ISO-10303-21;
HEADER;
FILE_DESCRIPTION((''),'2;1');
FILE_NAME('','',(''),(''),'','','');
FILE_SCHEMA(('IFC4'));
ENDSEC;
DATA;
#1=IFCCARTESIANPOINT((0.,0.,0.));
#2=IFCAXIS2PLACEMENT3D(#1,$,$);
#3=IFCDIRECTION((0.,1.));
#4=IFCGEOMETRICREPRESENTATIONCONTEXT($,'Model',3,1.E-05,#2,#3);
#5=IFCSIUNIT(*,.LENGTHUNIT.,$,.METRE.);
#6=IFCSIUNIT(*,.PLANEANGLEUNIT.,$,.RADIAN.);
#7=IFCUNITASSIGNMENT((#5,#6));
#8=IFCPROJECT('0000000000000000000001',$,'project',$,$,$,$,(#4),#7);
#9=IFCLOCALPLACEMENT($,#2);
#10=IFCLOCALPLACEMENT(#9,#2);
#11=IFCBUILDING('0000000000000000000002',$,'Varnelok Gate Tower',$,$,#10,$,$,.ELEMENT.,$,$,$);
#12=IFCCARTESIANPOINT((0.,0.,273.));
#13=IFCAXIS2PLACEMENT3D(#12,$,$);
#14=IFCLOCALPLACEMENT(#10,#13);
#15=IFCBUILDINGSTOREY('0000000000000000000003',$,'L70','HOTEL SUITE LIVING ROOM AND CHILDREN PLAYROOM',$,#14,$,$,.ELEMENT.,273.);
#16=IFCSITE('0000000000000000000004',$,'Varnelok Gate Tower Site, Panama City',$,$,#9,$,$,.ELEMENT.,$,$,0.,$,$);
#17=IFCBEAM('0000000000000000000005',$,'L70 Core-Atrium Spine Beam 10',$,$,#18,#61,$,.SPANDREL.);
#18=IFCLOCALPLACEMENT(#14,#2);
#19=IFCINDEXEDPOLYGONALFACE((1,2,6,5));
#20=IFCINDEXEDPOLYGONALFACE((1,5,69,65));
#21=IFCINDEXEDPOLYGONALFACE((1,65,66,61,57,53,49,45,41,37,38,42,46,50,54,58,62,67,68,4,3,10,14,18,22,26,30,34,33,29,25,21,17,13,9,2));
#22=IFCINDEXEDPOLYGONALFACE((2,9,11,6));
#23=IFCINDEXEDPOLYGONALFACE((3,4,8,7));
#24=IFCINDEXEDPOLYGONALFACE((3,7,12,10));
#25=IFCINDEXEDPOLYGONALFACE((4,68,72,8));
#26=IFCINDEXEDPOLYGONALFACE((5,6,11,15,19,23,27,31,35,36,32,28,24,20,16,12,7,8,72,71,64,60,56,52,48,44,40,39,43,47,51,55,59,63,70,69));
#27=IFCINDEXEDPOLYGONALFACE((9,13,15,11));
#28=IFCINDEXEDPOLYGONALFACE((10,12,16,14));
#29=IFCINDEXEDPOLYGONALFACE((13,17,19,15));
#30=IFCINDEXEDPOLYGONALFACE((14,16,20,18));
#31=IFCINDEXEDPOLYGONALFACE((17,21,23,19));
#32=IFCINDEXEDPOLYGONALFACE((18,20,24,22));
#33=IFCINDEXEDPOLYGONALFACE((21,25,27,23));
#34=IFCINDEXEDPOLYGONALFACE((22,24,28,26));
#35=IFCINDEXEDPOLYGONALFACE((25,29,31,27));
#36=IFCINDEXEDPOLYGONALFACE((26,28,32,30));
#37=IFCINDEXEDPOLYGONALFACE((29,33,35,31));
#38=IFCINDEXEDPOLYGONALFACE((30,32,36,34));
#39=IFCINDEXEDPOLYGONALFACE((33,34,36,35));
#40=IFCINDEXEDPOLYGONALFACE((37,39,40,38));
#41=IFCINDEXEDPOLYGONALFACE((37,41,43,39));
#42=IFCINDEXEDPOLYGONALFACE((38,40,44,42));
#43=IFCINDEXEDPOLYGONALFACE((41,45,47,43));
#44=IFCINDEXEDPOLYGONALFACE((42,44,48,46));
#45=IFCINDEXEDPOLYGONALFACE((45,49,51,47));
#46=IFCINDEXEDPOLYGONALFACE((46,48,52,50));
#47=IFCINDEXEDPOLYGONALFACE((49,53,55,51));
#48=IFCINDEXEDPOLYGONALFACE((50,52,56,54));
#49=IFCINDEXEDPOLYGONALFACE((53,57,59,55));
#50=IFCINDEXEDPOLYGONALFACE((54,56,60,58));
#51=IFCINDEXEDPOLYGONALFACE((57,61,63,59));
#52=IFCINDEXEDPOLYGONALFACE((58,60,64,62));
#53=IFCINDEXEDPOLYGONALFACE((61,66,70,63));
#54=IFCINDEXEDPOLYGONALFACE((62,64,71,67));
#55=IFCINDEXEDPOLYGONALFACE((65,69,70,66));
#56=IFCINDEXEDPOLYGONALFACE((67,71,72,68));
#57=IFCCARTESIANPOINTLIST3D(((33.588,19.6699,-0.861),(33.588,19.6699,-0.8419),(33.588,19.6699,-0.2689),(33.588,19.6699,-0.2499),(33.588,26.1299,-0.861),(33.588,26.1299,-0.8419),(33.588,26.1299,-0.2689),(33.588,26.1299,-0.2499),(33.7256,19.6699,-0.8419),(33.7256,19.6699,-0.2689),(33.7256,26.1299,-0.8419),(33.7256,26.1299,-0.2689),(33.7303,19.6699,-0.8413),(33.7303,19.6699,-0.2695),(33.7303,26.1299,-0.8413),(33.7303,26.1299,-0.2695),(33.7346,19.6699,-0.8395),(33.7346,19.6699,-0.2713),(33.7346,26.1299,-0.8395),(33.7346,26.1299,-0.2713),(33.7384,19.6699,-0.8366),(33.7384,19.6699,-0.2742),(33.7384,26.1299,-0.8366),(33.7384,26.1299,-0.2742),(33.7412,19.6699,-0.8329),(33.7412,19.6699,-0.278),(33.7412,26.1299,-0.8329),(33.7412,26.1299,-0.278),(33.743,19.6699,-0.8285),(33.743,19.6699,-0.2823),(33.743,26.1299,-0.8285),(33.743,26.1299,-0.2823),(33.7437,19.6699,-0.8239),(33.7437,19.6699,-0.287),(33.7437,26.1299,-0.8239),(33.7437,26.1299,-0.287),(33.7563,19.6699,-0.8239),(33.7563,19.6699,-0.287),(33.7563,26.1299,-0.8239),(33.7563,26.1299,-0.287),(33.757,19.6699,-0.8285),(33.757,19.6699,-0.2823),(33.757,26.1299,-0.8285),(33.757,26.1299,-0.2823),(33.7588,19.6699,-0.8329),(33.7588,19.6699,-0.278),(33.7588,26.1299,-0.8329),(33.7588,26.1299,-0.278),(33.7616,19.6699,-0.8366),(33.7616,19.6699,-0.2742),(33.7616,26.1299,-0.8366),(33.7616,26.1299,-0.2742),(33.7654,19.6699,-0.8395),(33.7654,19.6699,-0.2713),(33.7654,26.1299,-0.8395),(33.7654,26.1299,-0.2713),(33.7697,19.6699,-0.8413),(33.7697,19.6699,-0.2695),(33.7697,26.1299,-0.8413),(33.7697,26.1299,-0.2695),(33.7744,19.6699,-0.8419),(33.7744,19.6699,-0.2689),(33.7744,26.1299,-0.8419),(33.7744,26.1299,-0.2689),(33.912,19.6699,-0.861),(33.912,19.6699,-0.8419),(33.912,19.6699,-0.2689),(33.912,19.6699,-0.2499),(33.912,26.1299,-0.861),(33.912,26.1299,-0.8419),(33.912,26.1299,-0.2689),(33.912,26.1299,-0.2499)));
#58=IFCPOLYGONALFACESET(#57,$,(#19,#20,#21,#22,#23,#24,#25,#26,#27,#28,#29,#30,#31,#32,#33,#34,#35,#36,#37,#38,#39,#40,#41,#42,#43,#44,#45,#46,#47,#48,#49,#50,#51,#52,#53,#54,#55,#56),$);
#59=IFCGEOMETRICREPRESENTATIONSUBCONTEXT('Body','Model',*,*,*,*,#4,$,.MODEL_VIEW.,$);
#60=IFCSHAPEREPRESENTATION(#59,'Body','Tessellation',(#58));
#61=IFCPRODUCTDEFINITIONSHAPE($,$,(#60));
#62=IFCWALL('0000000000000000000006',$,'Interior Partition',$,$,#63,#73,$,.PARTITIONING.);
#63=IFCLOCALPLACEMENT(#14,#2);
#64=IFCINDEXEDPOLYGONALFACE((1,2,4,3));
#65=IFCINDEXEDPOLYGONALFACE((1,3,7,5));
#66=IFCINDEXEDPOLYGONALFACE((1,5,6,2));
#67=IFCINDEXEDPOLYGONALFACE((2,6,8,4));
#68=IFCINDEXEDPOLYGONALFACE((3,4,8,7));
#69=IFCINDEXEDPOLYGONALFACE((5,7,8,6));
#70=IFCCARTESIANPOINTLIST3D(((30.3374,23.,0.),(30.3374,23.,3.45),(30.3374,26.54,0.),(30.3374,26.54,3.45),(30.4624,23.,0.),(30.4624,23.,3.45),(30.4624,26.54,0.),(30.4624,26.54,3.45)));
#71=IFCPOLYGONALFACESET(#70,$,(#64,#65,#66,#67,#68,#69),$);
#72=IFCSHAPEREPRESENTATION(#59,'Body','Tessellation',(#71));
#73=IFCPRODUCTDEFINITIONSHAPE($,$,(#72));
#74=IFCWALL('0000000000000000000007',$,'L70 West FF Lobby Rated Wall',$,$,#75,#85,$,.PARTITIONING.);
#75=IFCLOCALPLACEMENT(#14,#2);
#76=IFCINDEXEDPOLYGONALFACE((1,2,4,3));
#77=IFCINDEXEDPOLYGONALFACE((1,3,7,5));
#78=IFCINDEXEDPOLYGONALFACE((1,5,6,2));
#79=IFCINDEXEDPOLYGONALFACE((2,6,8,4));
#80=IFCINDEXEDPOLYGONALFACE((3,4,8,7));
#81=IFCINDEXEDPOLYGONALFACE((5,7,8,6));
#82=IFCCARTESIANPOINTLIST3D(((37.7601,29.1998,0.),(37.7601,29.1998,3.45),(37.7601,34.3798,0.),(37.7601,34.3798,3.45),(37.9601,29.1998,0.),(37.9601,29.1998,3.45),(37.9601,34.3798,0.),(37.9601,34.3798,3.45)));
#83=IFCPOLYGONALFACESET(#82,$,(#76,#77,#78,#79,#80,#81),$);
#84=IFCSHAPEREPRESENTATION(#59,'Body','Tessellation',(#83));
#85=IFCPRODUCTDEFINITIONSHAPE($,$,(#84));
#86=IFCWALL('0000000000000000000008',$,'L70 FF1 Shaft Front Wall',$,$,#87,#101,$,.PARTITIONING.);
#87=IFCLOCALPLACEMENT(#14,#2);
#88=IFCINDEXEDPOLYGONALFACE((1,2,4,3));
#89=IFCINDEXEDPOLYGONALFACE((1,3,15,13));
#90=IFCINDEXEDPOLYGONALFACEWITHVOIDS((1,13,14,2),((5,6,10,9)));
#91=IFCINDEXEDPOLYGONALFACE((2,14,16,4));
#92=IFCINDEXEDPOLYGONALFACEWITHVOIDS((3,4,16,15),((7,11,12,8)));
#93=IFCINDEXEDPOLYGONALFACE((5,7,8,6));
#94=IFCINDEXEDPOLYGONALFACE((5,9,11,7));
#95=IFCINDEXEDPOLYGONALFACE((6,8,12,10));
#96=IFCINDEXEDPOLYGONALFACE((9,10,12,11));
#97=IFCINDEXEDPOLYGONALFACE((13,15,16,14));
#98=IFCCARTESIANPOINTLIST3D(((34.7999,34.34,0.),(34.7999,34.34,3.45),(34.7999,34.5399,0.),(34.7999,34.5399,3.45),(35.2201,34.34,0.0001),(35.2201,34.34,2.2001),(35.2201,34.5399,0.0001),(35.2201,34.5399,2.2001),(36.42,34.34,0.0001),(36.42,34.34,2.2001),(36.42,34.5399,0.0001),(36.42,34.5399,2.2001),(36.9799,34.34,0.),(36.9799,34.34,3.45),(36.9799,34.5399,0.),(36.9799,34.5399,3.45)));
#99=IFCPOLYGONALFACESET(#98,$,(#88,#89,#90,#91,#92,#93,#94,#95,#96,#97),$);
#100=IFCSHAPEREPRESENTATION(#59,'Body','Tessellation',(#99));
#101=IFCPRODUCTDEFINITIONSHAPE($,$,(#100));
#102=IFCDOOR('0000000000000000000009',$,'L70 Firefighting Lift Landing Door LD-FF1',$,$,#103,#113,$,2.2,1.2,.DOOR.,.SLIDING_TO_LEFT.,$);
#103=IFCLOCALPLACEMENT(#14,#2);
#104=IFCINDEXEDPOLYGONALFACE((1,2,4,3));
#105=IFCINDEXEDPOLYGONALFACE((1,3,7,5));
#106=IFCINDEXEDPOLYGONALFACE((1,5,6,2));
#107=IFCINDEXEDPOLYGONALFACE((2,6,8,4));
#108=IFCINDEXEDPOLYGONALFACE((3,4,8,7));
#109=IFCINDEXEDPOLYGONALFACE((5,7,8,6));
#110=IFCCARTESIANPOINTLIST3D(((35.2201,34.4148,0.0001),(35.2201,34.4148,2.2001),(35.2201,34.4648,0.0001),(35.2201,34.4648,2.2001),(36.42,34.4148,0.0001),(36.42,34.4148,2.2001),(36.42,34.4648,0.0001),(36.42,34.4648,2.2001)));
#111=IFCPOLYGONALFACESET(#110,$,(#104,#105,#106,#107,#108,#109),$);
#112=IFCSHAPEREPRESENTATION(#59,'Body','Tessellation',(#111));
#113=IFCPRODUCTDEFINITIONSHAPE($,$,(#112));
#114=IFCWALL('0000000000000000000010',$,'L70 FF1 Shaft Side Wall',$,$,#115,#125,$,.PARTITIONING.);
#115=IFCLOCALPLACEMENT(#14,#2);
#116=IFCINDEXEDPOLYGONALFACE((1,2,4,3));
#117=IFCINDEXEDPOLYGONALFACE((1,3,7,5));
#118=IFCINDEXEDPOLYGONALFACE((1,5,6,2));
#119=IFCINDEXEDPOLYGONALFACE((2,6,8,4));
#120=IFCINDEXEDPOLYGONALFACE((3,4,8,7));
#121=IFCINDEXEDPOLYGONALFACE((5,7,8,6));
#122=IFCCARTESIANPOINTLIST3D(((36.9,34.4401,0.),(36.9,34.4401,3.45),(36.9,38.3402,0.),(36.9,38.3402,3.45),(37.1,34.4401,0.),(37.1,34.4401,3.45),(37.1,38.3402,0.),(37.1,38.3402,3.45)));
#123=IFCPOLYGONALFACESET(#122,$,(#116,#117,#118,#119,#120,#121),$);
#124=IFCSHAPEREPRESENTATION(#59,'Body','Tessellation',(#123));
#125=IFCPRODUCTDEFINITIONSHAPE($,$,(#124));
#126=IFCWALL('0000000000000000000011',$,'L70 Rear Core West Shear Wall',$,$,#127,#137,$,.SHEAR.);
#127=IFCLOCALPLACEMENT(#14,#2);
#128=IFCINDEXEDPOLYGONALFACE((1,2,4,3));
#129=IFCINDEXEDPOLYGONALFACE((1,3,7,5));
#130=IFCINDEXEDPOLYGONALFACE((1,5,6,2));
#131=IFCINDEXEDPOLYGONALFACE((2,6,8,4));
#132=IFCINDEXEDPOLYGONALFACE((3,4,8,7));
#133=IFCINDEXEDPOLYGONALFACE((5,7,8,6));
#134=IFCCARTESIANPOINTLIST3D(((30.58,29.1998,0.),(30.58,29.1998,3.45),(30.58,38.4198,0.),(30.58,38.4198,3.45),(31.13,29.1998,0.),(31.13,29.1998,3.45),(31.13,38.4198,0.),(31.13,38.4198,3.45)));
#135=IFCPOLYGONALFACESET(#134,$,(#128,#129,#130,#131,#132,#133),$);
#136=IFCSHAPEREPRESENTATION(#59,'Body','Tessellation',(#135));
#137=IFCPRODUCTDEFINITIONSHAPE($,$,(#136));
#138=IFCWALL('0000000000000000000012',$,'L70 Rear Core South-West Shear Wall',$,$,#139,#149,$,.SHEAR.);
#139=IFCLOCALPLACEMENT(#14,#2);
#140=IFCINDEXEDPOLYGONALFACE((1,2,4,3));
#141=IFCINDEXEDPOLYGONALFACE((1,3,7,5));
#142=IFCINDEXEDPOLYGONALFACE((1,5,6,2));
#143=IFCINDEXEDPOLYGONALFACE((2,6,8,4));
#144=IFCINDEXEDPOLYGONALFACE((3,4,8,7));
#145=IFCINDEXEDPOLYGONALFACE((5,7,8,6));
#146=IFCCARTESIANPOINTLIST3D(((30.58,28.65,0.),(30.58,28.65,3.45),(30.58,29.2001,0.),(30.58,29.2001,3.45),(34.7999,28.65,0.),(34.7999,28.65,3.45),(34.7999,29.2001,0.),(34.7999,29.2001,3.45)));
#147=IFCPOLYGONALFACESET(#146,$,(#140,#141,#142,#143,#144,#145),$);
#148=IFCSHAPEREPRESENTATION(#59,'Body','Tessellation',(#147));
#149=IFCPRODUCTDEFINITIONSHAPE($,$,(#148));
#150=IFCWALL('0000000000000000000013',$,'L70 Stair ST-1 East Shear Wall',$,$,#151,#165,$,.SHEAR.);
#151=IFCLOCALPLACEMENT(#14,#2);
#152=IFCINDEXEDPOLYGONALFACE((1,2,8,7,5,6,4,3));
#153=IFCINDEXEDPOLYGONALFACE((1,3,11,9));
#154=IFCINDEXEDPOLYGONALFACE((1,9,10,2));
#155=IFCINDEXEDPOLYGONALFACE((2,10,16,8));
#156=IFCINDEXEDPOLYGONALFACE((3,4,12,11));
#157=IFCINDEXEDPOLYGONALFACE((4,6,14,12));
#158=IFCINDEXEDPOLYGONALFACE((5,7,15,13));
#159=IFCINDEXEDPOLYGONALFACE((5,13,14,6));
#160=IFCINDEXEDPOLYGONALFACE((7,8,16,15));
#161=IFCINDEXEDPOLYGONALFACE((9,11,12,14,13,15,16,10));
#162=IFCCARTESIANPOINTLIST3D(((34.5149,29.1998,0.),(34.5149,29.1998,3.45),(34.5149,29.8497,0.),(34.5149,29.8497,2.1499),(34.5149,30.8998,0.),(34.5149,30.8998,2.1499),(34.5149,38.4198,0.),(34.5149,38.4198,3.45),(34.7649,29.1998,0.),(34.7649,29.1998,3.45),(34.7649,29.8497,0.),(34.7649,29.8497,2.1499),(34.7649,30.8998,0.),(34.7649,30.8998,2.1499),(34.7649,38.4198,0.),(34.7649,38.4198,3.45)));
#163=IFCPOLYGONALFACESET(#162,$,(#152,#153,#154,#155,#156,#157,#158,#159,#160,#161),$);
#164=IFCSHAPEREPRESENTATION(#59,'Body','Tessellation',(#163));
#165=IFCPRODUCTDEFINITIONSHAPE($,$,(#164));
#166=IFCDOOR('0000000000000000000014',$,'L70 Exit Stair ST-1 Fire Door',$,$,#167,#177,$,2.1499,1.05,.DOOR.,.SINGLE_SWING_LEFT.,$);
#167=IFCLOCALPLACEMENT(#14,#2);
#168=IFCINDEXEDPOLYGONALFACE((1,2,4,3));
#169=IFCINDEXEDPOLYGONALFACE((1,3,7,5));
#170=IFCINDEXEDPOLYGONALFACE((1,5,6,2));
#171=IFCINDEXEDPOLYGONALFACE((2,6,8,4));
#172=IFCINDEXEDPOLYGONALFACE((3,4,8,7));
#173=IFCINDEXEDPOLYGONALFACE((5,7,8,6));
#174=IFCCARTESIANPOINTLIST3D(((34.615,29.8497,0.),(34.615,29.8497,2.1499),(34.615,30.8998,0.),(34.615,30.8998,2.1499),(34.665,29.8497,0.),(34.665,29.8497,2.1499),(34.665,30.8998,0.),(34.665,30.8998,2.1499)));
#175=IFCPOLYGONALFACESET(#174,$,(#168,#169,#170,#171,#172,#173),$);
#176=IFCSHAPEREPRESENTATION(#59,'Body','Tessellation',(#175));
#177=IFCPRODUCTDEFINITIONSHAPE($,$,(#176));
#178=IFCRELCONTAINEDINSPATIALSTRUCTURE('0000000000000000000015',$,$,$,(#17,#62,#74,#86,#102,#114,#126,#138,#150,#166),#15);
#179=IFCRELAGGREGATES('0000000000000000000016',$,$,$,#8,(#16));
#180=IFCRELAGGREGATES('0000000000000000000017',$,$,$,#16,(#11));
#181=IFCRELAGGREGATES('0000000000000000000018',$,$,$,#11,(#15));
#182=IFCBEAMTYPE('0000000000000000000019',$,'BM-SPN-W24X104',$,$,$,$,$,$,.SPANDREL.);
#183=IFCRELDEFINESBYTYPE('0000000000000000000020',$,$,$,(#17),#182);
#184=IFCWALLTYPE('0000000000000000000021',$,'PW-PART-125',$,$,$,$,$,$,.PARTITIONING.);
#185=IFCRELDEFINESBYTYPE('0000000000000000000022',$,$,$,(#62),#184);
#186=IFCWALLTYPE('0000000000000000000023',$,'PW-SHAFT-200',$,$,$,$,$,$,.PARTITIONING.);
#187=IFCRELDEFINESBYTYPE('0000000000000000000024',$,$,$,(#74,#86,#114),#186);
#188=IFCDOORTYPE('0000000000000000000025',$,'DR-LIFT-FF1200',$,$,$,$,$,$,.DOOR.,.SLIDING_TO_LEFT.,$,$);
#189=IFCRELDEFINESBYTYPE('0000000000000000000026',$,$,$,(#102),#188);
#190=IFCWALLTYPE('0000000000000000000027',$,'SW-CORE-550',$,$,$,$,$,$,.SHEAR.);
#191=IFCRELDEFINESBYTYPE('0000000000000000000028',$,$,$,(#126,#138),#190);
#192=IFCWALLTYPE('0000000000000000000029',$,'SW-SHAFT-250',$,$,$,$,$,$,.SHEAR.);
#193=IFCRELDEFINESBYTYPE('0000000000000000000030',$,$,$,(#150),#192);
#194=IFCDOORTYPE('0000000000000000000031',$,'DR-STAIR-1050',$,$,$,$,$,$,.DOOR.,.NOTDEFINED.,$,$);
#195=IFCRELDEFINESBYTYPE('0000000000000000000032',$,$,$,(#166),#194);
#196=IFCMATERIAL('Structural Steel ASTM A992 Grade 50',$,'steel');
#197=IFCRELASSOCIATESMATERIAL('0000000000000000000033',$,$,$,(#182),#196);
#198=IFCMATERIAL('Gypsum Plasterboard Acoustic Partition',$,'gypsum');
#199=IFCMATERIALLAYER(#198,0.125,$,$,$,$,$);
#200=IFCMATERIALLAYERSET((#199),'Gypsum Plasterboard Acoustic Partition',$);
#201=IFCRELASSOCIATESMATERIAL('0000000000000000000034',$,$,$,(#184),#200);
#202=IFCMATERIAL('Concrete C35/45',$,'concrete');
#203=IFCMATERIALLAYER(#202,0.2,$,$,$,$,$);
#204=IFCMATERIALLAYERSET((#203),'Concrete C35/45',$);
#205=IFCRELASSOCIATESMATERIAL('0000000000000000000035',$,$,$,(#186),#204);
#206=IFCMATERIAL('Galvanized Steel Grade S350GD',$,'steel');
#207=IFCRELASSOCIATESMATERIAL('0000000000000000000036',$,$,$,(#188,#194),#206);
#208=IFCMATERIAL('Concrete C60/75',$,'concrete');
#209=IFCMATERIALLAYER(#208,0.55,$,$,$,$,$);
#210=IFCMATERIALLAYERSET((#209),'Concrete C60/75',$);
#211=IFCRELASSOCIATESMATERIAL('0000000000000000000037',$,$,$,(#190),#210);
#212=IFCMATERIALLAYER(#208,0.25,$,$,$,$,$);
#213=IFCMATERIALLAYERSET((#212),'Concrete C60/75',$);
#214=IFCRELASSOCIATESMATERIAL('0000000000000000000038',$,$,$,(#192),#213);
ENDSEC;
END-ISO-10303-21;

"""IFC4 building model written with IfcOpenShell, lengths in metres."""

from ifc_helpers import new_model, si_unit, direction, frame, frame_2d, origin, origin_2d, place, context, subcontext, project, spatial, rectangle, i_section, extrude, material, layer, layer_set, material_profile, profile_set, type_object, element, fill, save


model = new_model("IFC4")

# Units and contexts
model_context = context("Model", 3, precision=1e-05, world=origin(), true_north=direction((0.0, 1.0)))
body_context = subcontext(model_context, "Body", "Model", "MODEL_VIEW")
ifc_project = project(units=[si_unit("LENGTHUNIT", "METRE"), si_unit("PLANEANGLEUNIT", "RADIAN")], contexts=[model_context])

# Site, building, storey
site_placement = place(None, origin())
site = spatial("IfcSite", under=ifc_project, at=site_placement, Name="Varnelok Gate Tower Site, Panama City", CompositionType="ELEMENT", RefElevation=0.0)
building_placement = place(site_placement, origin())
building = spatial("IfcBuilding", under=site, at=building_placement, Name="Varnelok Gate Tower", CompositionType="ELEMENT")
storey_placement = place(building_placement, frame((0.0, 0.0, 273.0)))
storey = spatial("IfcBuildingStorey", under=building, at=storey_placement, Name="L70", Description="HOTEL SUITE LIVING ROOM AND CHILDREN PLAYROOM", CompositionType="ELEMENT", Elevation=273.0)

# Shared definitions
ifc_material_1 = material(Name="Structural Steel ASTM A992 Grade 50", Category="steel")

# Beam
ifc_material_2 = material(Name="Concrete C60/75", Category="concrete")
ifc_material_profile_1 = material_profile(ifc_material_1, i_section(OverallWidth=0.324, OverallDepth=0.6111, WebThickness=0.0127, FlangeThickness=0.019, FilletRadius=0.0181, at=origin_2d()), Name="W24X104")
ifc_profile_set_1 = profile_set([ifc_material_profile_1], Name="Structural Steel ASTM A992 Grade 50")
beam_type_1 = type_object("IfcBeamType", Name="BM-SPN-W24X104", PredefinedType="SPANDREL", material=ifc_profile_set_1)
beam_1_placement = place(storey_placement, frame((33.75, 19.6699, -0.5554), z_axis=(0.0, 1.0, 0.0), x_axis=(-1.0, 0.0, 0.0)))
element("IfcBeam", 1, at=beam_1_placement, inside=storey, type_object=beam_type_1, Name="L70 Core-Atrium Spine Beam 10", PredefinedType="SPANDREL", context=body_context, shape_type="SweptSolid", body=[
    extrude(i_section(OverallWidth=0.324, OverallDepth=0.6111, WebThickness=0.0127, FlangeThickness=0.019, FilletRadius=0.0181, at=origin_2d()), origin(), (0.0, 0.0, 1.0), 6.46),
])

# Walls
ifc_material_3 = material(Name="Gypsum Plasterboard Acoustic Partition", Category="gypsum")
ifc_layer_1 = layer(ifc_material_3, 0.125)
ifc_layer_set_1 = layer_set([ifc_layer_1], Name="Gypsum Plasterboard Acoustic Partition")
wall_type_1 = type_object("IfcWallType", Name="PW-PART-125", PredefinedType="PARTITIONING", material=ifc_layer_set_1)
wall_1_placement = place(storey_placement, frame((30.3999, 23.0, 0.0), z_axis=(0.0, 0.0, 1.0), x_axis=(0.0, 1.0, 0.0)))
element("IfcWall", 2, at=wall_1_placement, inside=storey, type_object=wall_type_1, Name="Interior Partition", PredefinedType="PARTITIONING", context=body_context, shape_type="SweptSolid", body=[
    extrude(rectangle(XDim=3.54, YDim=0.125, at=frame_2d((1.77, 0.0))), origin(), (0.0, 0.0, 1.0), 3.45),
])
ifc_material_4 = material(Name="Concrete C35/45", Category="concrete")
ifc_layer_2 = layer(ifc_material_4, 0.2)
ifc_layer_set_2 = layer_set([ifc_layer_2], Name="Concrete C35/45")
wall_type_2 = type_object("IfcWallType", Name="PW-SHAFT-200", PredefinedType="PARTITIONING", material=ifc_layer_set_2)
wall_2_placement = place(storey_placement, frame((37.8601, 29.2, 0.0), z_axis=(0.0, 0.0, 1.0), x_axis=(0.0, 1.0, 0.0)))
element("IfcWall", 3, at=wall_2_placement, inside=storey, type_object=wall_type_2, Name="L70 West FF Lobby Rated Wall", PredefinedType="PARTITIONING", context=body_context, shape_type="SweptSolid", body=[
    extrude(rectangle(XDim=5.1799, YDim=0.2, at=frame_2d((2.5898, 0.0))), origin(), (0.0, 0.0, 1.0), 3.45),
])

# Wall, opening, door
wall_3_placement = place(storey_placement, frame((34.8, 34.4399, 0.0), z_axis=(0.0, 0.0, 1.0), x_axis=(1.0, 0.0, 0.0)))
wall_3 = element("IfcWall", 4, at=wall_3_placement, inside=storey, type_object=wall_type_2, Name="L70 FF1 Shaft Front Wall", PredefinedType="PARTITIONING", context=body_context, shape_type="SweptSolid", body=[
    extrude(rectangle(XDim=2.1799, YDim=0.2, at=frame_2d((1.0898, 0.0))), origin(), (0.0, 0.0, 1.0), 3.45),
])
opening_1_placement = place(wall_3_placement, frame((0.4199, 0.0, 0.0)))
opening_1 = element("IfcOpeningElement", 5, at=opening_1_placement, cuts=wall_3, PredefinedType="OPENING", context=body_context, shape_type="SweptSolid", body=[
    extrude(rectangle(XDim=1.2, YDim=2.2, at=frame_2d((0.6001, 1.1001))), frame((0.0, 0.1099, 0.0), z_axis=(0.0, -1.0, 0.0), x_axis=(1.0, 0.0, 0.0)), (0.0, 0.0, 1.0), 0.22),
])
ifc_material_5 = material(Name="Galvanized Steel Grade S350GD", Category="steel")
door_type_1 = type_object("IfcDoorType", Name="DR-LIFT-FF1200", OperationType="SLIDING_TO_LEFT", PredefinedType="DOOR", material=ifc_material_5)
door_1_placement = place(opening_1_placement, origin())
door_1 = element("IfcDoor", 6, at=door_1_placement, inside=storey, type_object=door_type_1, Name="L70 Firefighting Lift Landing Door LD-FF1", OperationType="SLIDING_TO_LEFT", OverallHeight=2.2, OverallWidth=1.2, PredefinedType="DOOR", context=body_context, shape_type="SweptSolid", body=[
    extrude(rectangle(XDim=1.2, YDim=2.2, at=frame_2d((0.6001, 1.1001))), frame((0.0, 0.0249, 0.0), z_axis=(0.0, -1.0, 0.0), x_axis=(1.0, 0.0, 0.0)), (0.0, 0.0, 1.0), 0.05),
])
fill(opening_1, door_1)

# Walls
wall_4_placement = place(storey_placement, frame((37.0, 34.4399, 0.0), z_axis=(0.0, 0.0, 1.0), x_axis=(0.0, 1.0, 0.0)))
element("IfcWall", 7, at=wall_4_placement, inside=storey, type_object=wall_type_2, Name="L70 FF1 Shaft Side Wall", PredefinedType="PARTITIONING", context=body_context, shape_type="SweptSolid", body=[
    extrude(rectangle(XDim=3.9001, YDim=0.2, at=frame_2d((1.9502, 0.0))), origin(), (0.0, 0.0, 1.0), 3.45),
])
ifc_layer_3 = layer(ifc_material_2, 0.55)
ifc_layer_set_3 = layer_set([ifc_layer_3], Name="Concrete C60/75")
wall_type_3 = type_object("IfcWallType", Name="SW-CORE-550", PredefinedType="SHEAR", material=ifc_layer_set_3)
wall_5_placement = place(storey_placement, frame((30.855, 29.2, 0.0), z_axis=(0.0, 0.0, 1.0), x_axis=(0.0, 1.0, 0.0)))
element("IfcWall", 8, at=wall_5_placement, inside=storey, type_object=wall_type_3, Name="L70 Rear Core West Shear Wall", PredefinedType="SHEAR", context=body_context, shape_type="SweptSolid", body=[
    extrude(rectangle(XDim=9.22, YDim=0.55, at=frame_2d((4.6099, 0.0))), origin(), (0.0, 0.0, 1.0), 3.45),
])
wall_6_placement = place(storey_placement, frame((30.5801, 28.925, 0.0), z_axis=(0.0, 0.0, 1.0), x_axis=(1.0, 0.0, 0.0)))
element("IfcWall", 9, at=wall_6_placement, inside=storey, type_object=wall_type_3, Name="L70 Rear Core South-West Shear Wall", PredefinedType="SHEAR", context=body_context, shape_type="SweptSolid", body=[
    extrude(rectangle(XDim=4.22, YDim=0.55, at=frame_2d((2.1099, 0.0))), origin(), (0.0, 0.0, 1.0), 3.45),
])

# Wall, opening, door
ifc_layer_4 = layer(ifc_material_2, 0.25)
ifc_layer_set_4 = layer_set([ifc_layer_4], Name="Concrete C60/75")
wall_type_4 = type_object("IfcWallType", Name="SW-SHAFT-250", PredefinedType="SHEAR", material=ifc_layer_set_4)
wall_7_placement = place(storey_placement, frame((34.6399, 29.2, 0.0), z_axis=(0.0, 0.0, 1.0), x_axis=(0.0, 1.0, 0.0)))
wall_7 = element("IfcWall", 10, at=wall_7_placement, inside=storey, type_object=wall_type_4, Name="L70 Stair ST-1 East Shear Wall", PredefinedType="SHEAR", context=body_context, shape_type="SweptSolid", body=[
    extrude(rectangle(XDim=9.22, YDim=0.25, at=frame_2d((4.6099, 0.0))), origin(), (0.0, 0.0, 1.0), 3.45),
])
opening_2_placement = place(wall_7_placement, frame((0.6499, 0.0, 0.0)))
opening_2 = element("IfcOpeningElement", 11, at=opening_2_placement, cuts=wall_7, PredefinedType="OPENING", context=body_context, shape_type="SweptSolid", body=[
    extrude(rectangle(XDim=1.05, YDim=2.1499, at=frame_2d((0.5249, 1.075))), frame((0.0, 0.135, 0.0), z_axis=(0.0, -1.0, 0.0), x_axis=(1.0, 0.0, 0.0)), (0.0, 0.0, 1.0), 0.27),
])
door_type_2 = type_object("IfcDoorType", Name="DR-STAIR-1050", OperationType="NOTDEFINED", PredefinedType="DOOR", material=ifc_material_5)
door_2_placement = place(opening_2_placement, origin())
door_2 = element("IfcDoor", 12, at=door_2_placement, inside=storey, type_object=door_type_2, Name="L70 Exit Stair ST-1 Fire Door", OperationType="SINGLE_SWING_LEFT", OverallHeight=2.1499, OverallWidth=1.05, PredefinedType="DOOR", context=body_context, shape_type="SweptSolid", body=[
    extrude(rectangle(XDim=1.05, YDim=2.1499, at=frame_2d((0.5249, 1.075))), frame((0.0, 0.0249, 0.0), z_axis=(0.0, -1.0, 0.0), x_axis=(1.0, 0.0, 0.0)), (0.0, 0.0, 1.0), 0.05),
])
fill(opening_2, door_2)

save(model, "model.ifc")
